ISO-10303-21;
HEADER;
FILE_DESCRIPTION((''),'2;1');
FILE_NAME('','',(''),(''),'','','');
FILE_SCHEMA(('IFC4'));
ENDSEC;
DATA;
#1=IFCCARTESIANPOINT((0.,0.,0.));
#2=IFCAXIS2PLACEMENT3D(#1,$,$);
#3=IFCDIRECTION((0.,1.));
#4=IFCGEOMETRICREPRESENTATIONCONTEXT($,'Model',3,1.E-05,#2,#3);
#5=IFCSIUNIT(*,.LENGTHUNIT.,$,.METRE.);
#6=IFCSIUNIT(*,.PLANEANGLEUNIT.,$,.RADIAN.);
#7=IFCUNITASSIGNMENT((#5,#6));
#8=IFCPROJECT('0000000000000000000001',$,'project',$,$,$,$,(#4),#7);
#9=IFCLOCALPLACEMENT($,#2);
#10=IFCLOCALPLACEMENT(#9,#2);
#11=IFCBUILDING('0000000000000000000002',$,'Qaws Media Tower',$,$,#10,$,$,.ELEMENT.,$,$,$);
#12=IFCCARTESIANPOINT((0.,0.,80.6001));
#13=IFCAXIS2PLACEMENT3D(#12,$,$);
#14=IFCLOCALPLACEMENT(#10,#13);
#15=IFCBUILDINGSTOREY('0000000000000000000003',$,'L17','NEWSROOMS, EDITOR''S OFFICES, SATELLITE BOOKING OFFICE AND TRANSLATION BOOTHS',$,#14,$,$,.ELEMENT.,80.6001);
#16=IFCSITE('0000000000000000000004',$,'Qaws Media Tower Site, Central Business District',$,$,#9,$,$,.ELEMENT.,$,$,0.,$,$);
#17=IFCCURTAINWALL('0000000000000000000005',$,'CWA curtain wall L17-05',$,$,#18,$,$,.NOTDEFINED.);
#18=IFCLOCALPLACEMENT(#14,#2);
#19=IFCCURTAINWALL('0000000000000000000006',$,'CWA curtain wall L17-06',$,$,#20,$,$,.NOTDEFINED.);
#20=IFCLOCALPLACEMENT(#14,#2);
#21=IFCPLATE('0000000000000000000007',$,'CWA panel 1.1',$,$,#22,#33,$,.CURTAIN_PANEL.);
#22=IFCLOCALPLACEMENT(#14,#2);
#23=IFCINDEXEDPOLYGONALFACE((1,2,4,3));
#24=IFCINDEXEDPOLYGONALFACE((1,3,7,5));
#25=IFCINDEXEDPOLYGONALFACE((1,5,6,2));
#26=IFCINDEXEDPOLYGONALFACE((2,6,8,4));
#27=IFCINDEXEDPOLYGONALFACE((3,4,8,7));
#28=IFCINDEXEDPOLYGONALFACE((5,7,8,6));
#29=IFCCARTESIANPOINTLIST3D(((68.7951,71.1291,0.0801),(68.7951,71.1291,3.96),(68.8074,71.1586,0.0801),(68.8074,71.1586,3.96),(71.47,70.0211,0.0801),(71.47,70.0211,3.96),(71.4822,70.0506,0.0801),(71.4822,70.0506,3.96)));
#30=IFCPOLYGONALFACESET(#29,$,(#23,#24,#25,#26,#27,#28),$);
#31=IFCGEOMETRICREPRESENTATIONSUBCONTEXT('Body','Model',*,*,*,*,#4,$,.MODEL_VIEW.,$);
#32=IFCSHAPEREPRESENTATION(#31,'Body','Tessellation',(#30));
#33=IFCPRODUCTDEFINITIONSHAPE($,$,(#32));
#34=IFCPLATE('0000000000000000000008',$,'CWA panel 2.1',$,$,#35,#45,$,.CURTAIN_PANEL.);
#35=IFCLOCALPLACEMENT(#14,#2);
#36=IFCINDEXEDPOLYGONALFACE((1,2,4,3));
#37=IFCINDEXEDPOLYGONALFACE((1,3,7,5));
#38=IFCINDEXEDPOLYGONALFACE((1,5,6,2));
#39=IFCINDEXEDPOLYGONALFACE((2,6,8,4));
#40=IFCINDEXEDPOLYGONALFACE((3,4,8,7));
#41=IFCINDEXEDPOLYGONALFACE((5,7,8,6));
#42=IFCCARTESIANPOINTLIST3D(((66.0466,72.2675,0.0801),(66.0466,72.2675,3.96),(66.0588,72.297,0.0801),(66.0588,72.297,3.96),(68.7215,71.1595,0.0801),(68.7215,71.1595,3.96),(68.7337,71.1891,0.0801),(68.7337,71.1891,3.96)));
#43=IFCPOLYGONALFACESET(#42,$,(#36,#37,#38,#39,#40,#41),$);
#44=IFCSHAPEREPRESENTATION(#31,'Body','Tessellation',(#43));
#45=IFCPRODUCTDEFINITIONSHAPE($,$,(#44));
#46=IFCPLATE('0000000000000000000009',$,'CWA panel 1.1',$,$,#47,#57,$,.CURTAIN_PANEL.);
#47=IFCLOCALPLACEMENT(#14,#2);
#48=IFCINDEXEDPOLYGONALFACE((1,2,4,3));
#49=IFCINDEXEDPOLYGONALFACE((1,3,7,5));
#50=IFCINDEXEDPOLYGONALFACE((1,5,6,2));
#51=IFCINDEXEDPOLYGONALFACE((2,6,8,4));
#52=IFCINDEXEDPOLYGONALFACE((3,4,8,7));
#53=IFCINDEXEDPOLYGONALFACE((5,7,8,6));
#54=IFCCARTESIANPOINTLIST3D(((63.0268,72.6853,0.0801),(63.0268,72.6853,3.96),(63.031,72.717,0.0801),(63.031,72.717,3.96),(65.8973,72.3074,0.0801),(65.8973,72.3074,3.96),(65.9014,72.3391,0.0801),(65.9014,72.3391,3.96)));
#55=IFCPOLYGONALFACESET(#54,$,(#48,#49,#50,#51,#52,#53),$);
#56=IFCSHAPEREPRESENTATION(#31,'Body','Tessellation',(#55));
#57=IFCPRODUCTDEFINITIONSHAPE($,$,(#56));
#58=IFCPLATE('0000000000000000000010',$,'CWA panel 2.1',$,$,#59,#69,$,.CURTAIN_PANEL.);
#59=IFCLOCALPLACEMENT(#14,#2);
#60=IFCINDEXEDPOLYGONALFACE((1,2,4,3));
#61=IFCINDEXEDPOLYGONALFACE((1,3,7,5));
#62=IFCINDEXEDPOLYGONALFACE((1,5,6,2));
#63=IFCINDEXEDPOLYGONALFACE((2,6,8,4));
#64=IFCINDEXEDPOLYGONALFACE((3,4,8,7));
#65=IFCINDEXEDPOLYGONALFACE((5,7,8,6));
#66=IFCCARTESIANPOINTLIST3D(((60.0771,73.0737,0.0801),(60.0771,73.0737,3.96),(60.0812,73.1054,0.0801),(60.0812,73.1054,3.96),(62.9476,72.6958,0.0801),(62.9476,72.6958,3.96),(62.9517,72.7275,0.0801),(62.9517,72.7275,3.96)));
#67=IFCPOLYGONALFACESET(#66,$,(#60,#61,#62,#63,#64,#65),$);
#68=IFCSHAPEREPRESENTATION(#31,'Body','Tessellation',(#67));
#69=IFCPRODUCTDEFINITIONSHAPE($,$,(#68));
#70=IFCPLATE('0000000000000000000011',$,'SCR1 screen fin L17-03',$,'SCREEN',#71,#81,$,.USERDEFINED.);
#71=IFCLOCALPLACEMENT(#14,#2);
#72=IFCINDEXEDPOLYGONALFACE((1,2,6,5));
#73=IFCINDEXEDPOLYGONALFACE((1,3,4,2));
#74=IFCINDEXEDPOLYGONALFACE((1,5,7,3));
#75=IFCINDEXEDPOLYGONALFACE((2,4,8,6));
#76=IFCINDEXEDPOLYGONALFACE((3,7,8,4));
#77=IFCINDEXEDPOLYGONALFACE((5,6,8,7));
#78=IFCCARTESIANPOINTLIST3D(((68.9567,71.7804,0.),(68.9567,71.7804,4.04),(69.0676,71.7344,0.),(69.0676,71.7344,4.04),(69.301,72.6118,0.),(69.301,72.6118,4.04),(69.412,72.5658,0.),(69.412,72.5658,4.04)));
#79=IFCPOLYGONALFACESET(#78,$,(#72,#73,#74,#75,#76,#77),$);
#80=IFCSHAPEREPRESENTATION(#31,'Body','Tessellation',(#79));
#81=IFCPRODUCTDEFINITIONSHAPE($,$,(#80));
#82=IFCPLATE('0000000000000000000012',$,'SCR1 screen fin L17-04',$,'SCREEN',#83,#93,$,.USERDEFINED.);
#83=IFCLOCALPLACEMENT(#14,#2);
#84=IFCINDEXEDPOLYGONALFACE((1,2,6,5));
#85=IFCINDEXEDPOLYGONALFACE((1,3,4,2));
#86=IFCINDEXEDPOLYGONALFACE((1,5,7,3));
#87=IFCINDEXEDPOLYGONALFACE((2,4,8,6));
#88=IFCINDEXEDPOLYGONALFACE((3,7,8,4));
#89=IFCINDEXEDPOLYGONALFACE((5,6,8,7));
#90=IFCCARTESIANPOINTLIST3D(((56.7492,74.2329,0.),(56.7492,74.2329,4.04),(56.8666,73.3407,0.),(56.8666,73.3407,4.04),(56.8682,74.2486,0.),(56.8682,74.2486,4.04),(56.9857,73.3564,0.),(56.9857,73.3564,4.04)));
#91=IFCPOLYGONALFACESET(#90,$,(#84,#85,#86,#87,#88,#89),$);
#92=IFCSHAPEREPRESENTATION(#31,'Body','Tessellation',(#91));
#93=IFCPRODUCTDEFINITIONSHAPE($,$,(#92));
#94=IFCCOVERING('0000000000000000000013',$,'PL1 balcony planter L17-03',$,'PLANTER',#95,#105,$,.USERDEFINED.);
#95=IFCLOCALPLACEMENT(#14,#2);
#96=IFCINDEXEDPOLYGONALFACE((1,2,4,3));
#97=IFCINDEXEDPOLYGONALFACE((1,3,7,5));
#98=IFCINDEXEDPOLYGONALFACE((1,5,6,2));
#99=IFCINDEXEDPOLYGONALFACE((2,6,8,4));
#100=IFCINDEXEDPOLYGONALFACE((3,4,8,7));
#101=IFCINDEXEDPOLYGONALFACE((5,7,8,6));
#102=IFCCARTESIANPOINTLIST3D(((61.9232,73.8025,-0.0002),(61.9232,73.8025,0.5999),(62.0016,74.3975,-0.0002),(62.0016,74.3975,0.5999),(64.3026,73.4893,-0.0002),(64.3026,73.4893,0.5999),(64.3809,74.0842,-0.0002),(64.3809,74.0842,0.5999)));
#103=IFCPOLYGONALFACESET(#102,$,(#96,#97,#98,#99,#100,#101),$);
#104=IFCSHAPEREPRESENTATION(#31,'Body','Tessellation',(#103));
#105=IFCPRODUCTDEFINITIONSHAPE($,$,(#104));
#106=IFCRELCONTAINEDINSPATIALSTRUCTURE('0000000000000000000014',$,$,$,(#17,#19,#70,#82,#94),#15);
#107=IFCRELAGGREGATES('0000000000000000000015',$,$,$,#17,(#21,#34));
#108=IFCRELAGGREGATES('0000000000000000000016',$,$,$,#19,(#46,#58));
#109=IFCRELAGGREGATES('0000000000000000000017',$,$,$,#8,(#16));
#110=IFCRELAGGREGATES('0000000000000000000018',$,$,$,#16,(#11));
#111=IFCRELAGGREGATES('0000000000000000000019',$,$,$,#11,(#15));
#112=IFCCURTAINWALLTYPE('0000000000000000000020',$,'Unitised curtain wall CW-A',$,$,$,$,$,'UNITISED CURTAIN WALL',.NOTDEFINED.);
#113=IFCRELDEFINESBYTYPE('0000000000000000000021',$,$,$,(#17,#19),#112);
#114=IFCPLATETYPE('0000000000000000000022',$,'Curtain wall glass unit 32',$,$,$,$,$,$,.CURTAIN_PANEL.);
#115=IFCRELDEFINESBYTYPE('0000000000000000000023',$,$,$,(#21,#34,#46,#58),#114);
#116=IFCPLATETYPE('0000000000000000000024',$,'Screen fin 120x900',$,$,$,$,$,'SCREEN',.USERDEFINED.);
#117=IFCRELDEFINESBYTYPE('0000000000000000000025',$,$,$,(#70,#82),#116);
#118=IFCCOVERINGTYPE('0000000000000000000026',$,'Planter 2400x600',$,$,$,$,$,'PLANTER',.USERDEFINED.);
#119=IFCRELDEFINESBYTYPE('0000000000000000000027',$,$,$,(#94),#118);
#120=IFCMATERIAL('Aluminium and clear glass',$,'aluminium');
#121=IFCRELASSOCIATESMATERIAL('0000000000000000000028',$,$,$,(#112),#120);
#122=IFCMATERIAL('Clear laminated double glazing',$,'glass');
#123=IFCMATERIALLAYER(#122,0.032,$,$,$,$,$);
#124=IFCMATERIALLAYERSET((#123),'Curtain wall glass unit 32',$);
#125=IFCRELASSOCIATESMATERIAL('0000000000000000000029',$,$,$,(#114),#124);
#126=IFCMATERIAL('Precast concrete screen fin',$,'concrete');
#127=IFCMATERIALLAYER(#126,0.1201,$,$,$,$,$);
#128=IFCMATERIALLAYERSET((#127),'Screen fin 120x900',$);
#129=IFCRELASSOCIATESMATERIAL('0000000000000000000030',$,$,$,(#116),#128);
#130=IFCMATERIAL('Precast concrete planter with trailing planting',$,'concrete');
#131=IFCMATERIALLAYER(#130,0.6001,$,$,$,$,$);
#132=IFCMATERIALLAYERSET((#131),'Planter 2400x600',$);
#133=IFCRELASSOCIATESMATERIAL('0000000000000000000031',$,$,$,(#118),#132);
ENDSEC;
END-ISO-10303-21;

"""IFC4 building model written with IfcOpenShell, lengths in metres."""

from ifc_helpers import new_model, si_unit, direction, frame, origin, origin_2d, place, context, subcontext, project, spatial, rectangle, extrude, material, layer, layer_set, type_object, element, aggregate, save


model = new_model("IFC4")

# Units and contexts
model_context = context("Model", 3, precision=1e-05, world=origin(), true_north=direction((0.0, 1.0)))
body_context = subcontext(model_context, "Body", "Model", "MODEL_VIEW")
ifc_project = project(units=[si_unit("LENGTHUNIT", "METRE"), si_unit("PLANEANGLEUNIT", "RADIAN")], contexts=[model_context])

# Site, building, storey
site_placement = place(None, origin())
site = spatial("IfcSite", under=ifc_project, at=site_placement, Name="Qaws Media Tower Site, Central Business District", CompositionType="ELEMENT", RefElevation=0.0)
building_placement = place(site_placement, origin())
building = spatial("IfcBuilding", under=site, at=building_placement, Name="Qaws Media Tower", CompositionType="ELEMENT")
storey_placement = place(building_placement, frame((0.0, 0.0, 80.6001)))
storey = spatial("IfcBuildingStorey", under=building, at=storey_placement, Name="L17", Description="NEWSROOMS, EDITOR'S OFFICES, SATELLITE BOOKING OFFICE AND TRANSLATION BOOTHS", CompositionType="ELEMENT", Elevation=80.6001)

# Curtain walls
ifc_material_1 = material(Name="Aluminium and clear glass", Category="aluminium")
curtain_wall_type = type_object("IfcCurtainWallType", Name="Unitised curtain wall CW-A", ElementType="UNITISED CURTAIN WALL", PredefinedType="NOTDEFINED", material=ifc_material_1)
curtain_wall_1_placement = place(storey_placement, origin())
curtain_wall_1 = element("IfcCurtainWall", 1, at=curtain_wall_1_placement, inside=storey, type_object=curtain_wall_type, Name="CWA curtain wall L17-05", PredefinedType="NOTDEFINED")
curtain_wall_2_placement = place(storey_placement, origin())
curtain_wall_2 = element("IfcCurtainWall", 2, at=curtain_wall_2_placement, inside=storey, type_object=curtain_wall_type, Name="CWA curtain wall L17-06", PredefinedType="NOTDEFINED")

# Plates
ifc_material_2 = material(Name="Clear laminated double glazing", Category="glass")
ifc_layer_1 = layer(ifc_material_2, 0.032)
ifc_layer_set_1 = layer_set([ifc_layer_1], Name="Curtain wall glass unit 32")
plate_type_1 = type_object("IfcPlateType", Name="Curtain wall glass unit 32", PredefinedType="CURTAIN_PANEL", material=ifc_layer_set_1)
plate_1_placement = place(storey_placement, frame((70.1387, 70.5898, 0.0801), z_axis=(0.0, 0.0, 1.0), x_axis=(-0.92388, 0.382683, 0.0)))
plate_1 = element("IfcPlate", 3, at=plate_1_placement, type_object=plate_type_1, Name="CWA panel 1.1", PredefinedType="CURTAIN_PANEL", context=body_context, shape_type="SweptSolid", body=[
    extrude(rectangle(XDim=2.8953, YDim=0.032, at=origin_2d()), origin(), (0.0, 0.0, 1.0), 3.8799),
])
plate_2_placement = place(storey_placement, frame((67.3901, 71.7283, 0.0801), z_axis=(0.0, 0.0, 1.0), x_axis=(-0.92388, 0.382683, 0.0)))
plate_2 = element("IfcPlate", 4, at=plate_2_placement, type_object=plate_type_1, Name="CWA panel 2.1", PredefinedType="CURTAIN_PANEL", context=body_context, shape_type="SweptSolid", body=[
    extrude(rectangle(XDim=2.8953, YDim=0.032, at=origin_2d()), origin(), (0.0, 0.0, 1.0), 3.8799),
])
aggregate(curtain_wall_1, [plate_1, plate_2])
plate_3_placement = place(storey_placement, frame((64.4641, 72.5122, 0.0801), z_axis=(0.0, 0.0, 1.0), x_axis=(-0.991445, 0.130526, 0.0)))
plate_3 = element("IfcPlate", 5, at=plate_3_placement, type_object=plate_type_1, Name="CWA panel 1.1", PredefinedType="CURTAIN_PANEL", context=body_context, shape_type="SweptSolid", body=[
    extrude(rectangle(XDim=2.8953, YDim=0.032, at=origin_2d()), origin(), (0.0, 0.0, 1.0), 3.8799),
])
plate_4_placement = place(storey_placement, frame((61.5144, 72.9006, 0.0801), z_axis=(0.0, 0.0, 1.0), x_axis=(-0.991445, 0.130526, 0.0)))
plate_4 = element("IfcPlate", 6, at=plate_4_placement, type_object=plate_type_1, Name="CWA panel 2.1", PredefinedType="CURTAIN_PANEL", context=body_context, shape_type="SweptSolid", body=[
    extrude(rectangle(XDim=2.8953, YDim=0.032, at=origin_2d()), origin(), (0.0, 0.0, 1.0), 3.8799),
])
aggregate(curtain_wall_2, [plate_3, plate_4])

# Plates
ifc_material_3 = material(Name="Precast concrete screen fin", Category="concrete")
ifc_layer_2 = layer(ifc_material_3, 0.1201)
ifc_layer_set_2 = layer_set([ifc_layer_2], Name="Screen fin 120x900")
plate_type_2 = type_object("IfcPlateType", Name="Screen fin 120x900", ElementType="SCREEN", PredefinedType="USERDEFINED", material=ifc_layer_set_2)
for number, where, z_axis, x_axis, name in (
    (7, (69.1843, 72.1731, 0.0), (0.0, 0.0, 1.0), (0.382683, 0.92388, 0.0), "SCR1 screen fin L17-03"),
    (8, (56.8674, 73.7947, 0.0), (0.0, 0.0, 1.0), (-0.130526, 0.991445, 0.0), "SCR1 screen fin L17-04"),
):
    element("IfcPlate", number, at=place(storey_placement, frame(where, z_axis=z_axis, x_axis=x_axis)), inside=storey, type_object=plate_type_2, Name=name, ObjectType="SCREEN", PredefinedType="USERDEFINED", context=body_context, shape_type="SweptSolid", body=[
        extrude(rectangle(XDim=0.8999, YDim=0.1201, at=origin_2d()), origin(), (0.0, 0.0, 1.0), 4.04),
    ])

# Covering
ifc_material_4 = material(Name="Precast concrete planter with trailing planting", Category="concrete")
ifc_layer_3 = layer(ifc_material_4, 0.6001)
ifc_layer_set_3 = layer_set([ifc_layer_3], Name="Planter 2400x600")
covering_type = type_object("IfcCoveringType", Name="Planter 2400x600", ElementType="PLANTER", PredefinedType="USERDEFINED", material=ifc_layer_set_3)
covering_placement = place(storey_placement, frame((63.1521, 73.9434, -0.0002), z_axis=(0.0, 0.0, 1.0), x_axis=(-0.991445, 0.130526, 0.0)))
element("IfcCovering", 9, at=covering_placement, inside=storey, type_object=covering_type, Name="PL1 balcony planter L17-03", ObjectType="PLANTER", PredefinedType="USERDEFINED", context=body_context, shape_type="SweptSolid", body=[
    extrude(rectangle(XDim=2.3999, YDim=0.6001, at=origin_2d()), origin(), (0.0, 0.0, 1.0), 0.6001),
])

save(model, "model.ifc")
